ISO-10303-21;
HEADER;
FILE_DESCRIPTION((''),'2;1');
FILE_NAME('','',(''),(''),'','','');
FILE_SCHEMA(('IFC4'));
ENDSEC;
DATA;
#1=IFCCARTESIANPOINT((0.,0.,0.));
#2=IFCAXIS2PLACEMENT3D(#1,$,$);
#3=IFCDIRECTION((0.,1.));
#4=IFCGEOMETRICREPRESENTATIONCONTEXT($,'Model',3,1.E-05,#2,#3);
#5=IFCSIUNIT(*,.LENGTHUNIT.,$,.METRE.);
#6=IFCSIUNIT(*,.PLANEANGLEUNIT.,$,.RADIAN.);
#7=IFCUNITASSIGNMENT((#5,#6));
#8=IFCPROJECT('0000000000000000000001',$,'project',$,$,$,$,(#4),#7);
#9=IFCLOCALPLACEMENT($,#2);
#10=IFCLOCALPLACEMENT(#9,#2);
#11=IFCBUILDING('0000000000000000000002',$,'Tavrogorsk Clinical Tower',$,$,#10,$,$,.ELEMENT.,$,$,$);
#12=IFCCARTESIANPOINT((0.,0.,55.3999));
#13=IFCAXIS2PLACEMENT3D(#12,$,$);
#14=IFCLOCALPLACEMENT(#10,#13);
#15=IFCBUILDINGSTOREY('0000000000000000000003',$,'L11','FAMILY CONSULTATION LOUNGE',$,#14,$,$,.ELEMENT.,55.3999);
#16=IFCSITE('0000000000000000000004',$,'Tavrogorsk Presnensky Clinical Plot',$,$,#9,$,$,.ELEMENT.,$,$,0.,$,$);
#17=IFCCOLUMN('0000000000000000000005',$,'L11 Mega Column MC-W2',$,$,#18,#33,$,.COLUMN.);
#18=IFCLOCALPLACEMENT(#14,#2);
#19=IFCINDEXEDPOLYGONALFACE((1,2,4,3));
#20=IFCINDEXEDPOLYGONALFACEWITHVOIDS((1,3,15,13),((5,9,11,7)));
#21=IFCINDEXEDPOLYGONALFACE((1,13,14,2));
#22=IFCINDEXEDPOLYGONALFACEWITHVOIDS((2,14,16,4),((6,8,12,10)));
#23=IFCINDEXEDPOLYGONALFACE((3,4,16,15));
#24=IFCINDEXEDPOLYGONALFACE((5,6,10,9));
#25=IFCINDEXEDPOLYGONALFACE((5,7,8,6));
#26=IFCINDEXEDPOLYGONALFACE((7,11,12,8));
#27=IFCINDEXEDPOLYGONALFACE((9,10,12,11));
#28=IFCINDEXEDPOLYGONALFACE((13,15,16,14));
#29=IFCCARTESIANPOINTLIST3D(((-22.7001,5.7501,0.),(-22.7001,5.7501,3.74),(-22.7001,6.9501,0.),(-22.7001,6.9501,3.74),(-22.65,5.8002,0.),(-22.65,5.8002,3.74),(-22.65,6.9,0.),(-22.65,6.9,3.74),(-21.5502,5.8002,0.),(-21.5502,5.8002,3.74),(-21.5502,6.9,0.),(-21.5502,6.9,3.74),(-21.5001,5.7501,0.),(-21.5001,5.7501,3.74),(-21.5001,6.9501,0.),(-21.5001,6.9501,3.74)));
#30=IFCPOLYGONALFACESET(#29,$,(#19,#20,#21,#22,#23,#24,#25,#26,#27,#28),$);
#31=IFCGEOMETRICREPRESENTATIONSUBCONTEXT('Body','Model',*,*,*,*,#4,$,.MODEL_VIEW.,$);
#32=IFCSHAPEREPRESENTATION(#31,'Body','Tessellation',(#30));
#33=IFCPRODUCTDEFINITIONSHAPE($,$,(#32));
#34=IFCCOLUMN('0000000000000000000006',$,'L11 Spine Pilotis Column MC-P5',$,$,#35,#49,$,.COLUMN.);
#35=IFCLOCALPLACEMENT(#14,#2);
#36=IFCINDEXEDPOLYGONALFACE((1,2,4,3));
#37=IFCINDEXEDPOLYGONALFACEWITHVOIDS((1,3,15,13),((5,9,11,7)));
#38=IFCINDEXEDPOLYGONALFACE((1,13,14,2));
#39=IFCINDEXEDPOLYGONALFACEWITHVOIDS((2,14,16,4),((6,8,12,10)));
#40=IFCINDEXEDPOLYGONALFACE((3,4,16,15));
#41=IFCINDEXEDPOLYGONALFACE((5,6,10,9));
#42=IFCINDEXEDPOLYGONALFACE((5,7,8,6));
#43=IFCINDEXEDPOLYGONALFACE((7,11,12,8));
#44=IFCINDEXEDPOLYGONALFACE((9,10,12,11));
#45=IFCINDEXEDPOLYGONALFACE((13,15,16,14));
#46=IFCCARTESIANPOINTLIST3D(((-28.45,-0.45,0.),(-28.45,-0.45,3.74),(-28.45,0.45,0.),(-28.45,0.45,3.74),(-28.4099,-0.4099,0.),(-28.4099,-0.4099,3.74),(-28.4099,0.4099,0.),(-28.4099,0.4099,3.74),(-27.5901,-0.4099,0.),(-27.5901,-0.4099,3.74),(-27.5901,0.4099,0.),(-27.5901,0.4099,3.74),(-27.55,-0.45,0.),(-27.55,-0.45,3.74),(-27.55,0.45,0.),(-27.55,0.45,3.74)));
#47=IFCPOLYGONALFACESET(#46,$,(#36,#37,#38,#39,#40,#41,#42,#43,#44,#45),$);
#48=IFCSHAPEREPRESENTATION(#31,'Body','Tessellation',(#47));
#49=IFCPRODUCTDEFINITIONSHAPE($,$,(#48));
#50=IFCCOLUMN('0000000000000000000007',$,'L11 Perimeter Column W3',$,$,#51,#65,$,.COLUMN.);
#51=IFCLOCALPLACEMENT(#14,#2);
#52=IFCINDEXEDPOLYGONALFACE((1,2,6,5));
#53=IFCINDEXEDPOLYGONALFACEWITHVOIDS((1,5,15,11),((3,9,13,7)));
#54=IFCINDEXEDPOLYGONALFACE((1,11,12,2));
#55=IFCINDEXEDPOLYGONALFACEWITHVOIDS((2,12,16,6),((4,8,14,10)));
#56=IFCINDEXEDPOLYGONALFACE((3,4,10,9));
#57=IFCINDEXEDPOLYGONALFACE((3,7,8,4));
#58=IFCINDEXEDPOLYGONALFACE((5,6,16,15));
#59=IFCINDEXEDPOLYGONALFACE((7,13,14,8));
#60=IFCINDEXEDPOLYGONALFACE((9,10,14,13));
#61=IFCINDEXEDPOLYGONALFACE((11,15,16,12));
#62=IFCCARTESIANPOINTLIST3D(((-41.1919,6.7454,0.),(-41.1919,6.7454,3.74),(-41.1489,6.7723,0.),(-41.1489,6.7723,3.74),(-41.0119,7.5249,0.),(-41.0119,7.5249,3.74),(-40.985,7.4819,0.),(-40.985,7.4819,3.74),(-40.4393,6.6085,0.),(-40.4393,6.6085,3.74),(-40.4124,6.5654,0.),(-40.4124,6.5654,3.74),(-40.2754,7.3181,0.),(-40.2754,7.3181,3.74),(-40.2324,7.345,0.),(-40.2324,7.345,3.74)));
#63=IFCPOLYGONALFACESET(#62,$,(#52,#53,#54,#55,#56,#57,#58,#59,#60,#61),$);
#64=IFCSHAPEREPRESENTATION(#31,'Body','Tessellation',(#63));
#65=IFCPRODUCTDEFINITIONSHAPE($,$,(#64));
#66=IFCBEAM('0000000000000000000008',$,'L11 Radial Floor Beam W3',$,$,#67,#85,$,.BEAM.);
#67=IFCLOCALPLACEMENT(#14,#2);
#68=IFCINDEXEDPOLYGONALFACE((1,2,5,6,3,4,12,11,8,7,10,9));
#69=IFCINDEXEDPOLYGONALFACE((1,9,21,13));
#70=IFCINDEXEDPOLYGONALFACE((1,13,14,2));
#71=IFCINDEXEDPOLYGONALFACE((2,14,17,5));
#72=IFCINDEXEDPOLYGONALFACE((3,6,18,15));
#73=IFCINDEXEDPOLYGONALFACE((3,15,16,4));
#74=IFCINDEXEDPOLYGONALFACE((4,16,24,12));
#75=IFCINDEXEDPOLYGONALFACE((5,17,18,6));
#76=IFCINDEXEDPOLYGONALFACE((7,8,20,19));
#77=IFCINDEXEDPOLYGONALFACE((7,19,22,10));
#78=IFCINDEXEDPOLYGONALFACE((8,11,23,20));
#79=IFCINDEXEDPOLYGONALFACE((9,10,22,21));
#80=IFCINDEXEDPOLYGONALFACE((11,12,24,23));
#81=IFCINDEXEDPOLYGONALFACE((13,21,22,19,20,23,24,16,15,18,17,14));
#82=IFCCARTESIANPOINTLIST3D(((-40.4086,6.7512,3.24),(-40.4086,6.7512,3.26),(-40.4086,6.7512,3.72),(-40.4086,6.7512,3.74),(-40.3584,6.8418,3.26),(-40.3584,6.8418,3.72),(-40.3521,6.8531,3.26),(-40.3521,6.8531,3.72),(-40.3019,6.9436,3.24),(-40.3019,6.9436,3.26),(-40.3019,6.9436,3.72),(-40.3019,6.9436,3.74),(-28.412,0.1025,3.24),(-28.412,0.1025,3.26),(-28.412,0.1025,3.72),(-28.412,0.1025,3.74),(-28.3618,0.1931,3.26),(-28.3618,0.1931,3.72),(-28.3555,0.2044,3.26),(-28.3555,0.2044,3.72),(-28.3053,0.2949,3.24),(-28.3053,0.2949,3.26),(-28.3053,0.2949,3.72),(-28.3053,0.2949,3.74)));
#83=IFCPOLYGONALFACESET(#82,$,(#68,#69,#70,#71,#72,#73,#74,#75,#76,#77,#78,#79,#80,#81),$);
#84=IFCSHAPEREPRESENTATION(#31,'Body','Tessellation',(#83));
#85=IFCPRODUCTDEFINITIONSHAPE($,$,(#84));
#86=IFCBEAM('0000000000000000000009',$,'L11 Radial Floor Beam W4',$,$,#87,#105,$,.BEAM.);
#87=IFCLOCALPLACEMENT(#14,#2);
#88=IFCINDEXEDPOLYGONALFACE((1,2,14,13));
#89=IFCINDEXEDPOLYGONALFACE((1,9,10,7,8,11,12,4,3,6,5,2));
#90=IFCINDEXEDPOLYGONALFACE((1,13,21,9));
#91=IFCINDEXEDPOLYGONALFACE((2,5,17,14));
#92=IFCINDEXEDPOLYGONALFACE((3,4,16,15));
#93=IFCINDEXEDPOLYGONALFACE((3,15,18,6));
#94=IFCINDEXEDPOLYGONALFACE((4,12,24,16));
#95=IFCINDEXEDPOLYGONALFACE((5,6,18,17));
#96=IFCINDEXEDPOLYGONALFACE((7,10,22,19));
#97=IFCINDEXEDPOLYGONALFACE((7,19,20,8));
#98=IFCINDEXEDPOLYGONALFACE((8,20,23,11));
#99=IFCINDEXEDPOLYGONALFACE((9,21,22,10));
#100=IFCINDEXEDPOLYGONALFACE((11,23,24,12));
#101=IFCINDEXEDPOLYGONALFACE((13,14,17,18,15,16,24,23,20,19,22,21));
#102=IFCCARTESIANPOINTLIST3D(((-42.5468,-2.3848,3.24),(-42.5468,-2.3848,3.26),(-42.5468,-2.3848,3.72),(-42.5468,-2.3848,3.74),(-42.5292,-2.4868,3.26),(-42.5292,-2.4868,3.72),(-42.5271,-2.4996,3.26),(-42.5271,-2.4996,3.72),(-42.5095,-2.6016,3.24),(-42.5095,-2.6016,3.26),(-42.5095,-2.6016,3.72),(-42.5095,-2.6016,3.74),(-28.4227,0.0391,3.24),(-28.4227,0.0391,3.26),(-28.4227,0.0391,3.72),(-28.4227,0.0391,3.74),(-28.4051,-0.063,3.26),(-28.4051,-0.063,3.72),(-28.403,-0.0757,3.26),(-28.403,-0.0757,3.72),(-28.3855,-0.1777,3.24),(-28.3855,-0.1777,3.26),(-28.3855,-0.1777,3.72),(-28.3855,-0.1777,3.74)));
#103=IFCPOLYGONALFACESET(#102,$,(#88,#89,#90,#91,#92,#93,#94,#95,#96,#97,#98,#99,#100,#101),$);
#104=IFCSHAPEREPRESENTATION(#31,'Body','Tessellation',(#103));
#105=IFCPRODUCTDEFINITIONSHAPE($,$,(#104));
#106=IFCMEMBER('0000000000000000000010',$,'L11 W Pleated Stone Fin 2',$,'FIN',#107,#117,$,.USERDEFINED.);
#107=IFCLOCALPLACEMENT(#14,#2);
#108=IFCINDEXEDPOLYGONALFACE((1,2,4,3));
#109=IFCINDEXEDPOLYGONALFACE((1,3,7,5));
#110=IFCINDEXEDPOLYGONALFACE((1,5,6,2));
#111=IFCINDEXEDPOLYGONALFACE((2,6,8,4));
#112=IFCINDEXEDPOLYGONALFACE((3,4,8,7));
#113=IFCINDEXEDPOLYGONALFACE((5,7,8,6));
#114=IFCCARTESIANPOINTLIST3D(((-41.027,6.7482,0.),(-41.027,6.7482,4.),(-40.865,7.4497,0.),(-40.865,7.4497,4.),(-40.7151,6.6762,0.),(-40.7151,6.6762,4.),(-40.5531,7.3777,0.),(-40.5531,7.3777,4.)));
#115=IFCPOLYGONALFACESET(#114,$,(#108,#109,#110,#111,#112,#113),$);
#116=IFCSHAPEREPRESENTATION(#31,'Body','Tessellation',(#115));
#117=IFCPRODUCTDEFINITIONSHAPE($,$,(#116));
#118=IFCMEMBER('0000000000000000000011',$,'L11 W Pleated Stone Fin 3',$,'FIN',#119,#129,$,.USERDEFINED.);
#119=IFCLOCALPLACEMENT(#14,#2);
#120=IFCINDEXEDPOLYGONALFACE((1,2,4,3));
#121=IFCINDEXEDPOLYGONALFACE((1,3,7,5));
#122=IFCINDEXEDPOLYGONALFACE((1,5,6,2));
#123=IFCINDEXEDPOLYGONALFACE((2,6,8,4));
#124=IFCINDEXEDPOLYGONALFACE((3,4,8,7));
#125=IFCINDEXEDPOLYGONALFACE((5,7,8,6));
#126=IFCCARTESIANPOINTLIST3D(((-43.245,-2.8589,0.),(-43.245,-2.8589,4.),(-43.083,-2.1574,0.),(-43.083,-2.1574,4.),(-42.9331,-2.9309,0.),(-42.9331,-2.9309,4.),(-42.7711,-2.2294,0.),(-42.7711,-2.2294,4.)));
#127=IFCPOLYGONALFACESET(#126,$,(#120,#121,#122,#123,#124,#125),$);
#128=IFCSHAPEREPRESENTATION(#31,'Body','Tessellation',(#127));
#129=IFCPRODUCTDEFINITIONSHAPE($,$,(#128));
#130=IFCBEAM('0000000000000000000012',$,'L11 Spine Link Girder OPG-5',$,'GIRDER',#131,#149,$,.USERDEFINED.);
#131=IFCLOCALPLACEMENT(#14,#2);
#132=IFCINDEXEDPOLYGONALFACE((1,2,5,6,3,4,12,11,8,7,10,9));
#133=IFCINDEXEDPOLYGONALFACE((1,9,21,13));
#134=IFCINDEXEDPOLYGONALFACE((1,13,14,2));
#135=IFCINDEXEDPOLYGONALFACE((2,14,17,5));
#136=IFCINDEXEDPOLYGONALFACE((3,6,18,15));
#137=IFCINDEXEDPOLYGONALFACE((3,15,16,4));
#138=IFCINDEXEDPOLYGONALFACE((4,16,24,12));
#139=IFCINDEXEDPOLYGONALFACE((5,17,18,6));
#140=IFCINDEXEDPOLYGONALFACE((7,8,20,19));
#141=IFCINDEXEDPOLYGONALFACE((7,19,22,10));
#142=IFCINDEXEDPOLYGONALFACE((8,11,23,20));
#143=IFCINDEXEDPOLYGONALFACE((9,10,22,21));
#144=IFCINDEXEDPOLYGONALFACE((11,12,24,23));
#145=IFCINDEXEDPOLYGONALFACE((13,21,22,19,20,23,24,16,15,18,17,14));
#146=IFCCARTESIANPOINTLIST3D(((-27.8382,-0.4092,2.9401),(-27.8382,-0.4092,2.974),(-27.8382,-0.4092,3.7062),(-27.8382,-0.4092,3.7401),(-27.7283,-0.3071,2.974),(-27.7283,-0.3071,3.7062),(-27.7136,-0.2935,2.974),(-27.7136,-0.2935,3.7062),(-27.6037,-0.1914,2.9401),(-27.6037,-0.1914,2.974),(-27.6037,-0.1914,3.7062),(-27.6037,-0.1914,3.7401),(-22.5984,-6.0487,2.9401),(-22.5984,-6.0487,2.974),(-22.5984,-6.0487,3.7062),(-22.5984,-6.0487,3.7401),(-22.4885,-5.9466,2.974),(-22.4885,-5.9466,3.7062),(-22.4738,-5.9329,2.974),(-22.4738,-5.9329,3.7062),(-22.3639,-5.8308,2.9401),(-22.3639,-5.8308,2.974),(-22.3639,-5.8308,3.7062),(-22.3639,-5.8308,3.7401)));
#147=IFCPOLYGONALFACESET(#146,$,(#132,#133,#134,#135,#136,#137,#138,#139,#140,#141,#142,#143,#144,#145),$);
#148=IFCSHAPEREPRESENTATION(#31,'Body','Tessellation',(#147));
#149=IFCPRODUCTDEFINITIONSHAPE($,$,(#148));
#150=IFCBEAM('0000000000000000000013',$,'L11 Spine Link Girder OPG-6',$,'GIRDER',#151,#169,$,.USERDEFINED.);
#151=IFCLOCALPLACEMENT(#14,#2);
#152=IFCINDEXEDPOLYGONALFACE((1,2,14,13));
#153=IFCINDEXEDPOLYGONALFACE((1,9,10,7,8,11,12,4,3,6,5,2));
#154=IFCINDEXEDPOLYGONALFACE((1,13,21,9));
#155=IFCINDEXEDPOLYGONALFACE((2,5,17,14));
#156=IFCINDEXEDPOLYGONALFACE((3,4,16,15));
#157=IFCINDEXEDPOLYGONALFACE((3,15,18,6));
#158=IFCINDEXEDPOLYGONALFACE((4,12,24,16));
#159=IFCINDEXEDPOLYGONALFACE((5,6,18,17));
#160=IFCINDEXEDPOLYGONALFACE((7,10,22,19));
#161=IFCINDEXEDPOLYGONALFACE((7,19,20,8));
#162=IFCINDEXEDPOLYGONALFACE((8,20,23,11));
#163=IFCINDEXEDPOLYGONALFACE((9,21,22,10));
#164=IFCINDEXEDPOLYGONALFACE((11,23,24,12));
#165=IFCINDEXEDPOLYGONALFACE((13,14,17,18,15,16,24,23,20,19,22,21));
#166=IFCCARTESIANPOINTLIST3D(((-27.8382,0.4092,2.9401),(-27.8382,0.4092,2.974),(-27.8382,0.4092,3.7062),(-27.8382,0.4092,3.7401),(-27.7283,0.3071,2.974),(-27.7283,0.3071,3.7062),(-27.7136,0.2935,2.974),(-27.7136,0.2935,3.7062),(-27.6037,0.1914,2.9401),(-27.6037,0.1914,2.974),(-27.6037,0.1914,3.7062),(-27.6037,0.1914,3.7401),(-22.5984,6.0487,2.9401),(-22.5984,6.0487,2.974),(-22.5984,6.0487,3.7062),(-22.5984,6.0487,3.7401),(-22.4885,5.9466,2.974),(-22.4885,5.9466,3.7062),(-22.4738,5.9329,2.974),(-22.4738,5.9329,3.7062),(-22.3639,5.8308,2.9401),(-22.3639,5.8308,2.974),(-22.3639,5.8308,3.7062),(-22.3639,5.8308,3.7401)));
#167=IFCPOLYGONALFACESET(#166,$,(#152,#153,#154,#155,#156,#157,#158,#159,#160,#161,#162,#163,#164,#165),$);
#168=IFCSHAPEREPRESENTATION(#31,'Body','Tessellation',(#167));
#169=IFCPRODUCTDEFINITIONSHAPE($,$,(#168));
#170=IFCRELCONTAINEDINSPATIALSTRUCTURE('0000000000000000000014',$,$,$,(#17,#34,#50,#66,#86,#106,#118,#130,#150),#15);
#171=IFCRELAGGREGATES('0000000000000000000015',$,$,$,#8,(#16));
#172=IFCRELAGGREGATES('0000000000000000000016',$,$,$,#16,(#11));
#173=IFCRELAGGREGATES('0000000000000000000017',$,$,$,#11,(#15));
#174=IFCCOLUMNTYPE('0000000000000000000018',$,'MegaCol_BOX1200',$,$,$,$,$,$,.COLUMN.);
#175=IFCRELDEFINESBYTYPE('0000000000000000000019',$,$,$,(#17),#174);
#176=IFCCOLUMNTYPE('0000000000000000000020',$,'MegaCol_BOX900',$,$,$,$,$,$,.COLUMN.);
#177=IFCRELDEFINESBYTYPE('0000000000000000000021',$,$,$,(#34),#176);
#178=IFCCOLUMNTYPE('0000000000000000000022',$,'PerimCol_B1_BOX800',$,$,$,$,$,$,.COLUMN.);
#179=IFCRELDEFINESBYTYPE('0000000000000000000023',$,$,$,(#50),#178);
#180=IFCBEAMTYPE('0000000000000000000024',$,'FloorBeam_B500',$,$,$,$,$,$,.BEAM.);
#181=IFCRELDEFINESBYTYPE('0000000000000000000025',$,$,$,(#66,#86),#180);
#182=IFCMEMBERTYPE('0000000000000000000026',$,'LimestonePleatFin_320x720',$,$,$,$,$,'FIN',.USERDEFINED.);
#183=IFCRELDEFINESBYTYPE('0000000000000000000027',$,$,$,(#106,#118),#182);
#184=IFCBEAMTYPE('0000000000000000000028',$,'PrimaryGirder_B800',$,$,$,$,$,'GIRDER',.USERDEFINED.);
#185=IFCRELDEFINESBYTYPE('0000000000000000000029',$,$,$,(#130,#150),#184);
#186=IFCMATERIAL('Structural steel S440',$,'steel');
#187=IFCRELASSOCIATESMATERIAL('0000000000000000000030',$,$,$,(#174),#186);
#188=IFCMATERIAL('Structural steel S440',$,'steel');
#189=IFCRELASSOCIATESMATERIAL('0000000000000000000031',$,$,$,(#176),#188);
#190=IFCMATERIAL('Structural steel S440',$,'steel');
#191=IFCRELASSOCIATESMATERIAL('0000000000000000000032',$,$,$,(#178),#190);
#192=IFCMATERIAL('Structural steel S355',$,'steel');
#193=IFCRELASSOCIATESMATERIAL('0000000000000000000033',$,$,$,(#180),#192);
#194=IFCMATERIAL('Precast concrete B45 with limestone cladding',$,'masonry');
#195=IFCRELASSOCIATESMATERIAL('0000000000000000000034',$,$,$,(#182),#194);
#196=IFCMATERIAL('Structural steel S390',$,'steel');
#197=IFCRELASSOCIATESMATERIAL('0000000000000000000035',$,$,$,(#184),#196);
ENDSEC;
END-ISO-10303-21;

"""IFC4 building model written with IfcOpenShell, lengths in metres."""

from ifc_helpers import new_model, si_unit, direction, frame, origin, origin_2d, place, context, subcontext, project, spatial, rectangle, hollow_rectangle, i_section, extrude, material, material_profile, profile_set, type_object, element, save


model = new_model("IFC4")

# Units and contexts
model_context = context("Model", 3, precision=1e-05, world=origin(), true_north=direction((0.0, 1.0)))
body_context = subcontext(model_context, "Body", "Model", "MODEL_VIEW")
ifc_project = project(units=[si_unit("LENGTHUNIT", "METRE"), si_unit("PLANEANGLEUNIT", "RADIAN")], contexts=[model_context])

# Site, building, storey
site_placement = place(None, origin())
site = spatial("IfcSite", under=ifc_project, at=site_placement, Name="Tavrogorsk Presnensky Clinical Plot", CompositionType="ELEMENT", RefElevation=0.0)
building_placement = place(site_placement, origin())
building = spatial("IfcBuilding", under=site, at=building_placement, Name="Tavrogorsk Clinical Tower", CompositionType="ELEMENT")
storey_placement = place(building_placement, frame((0.0, 0.0, 55.3999)))
storey = spatial("IfcBuildingStorey", under=building, at=storey_placement, Name="L11", Description="FAMILY CONSULTATION LOUNGE", CompositionType="ELEMENT", Elevation=55.3999)

# Columns
ifc_material_1 = material(Name="Structural steel S440", Category="steel")
ifc_material_profile_1 = material_profile(ifc_material_1, hollow_rectangle(XDim=1.2, YDim=1.2, WallThickness=0.05, at=origin_2d()), Name="BOX-1200x1200x50")
ifc_profile_set_1 = profile_set([ifc_material_profile_1], Name="Structural steel S440")
column_type_1 = type_object("IfcColumnType", Name="MegaCol_BOX1200", PredefinedType="COLUMN", material=ifc_profile_set_1)
column_1_placement = place(storey_placement, frame((-22.1001, 6.3501, 0.0), z_axis=(0.0, 0.0, 1.0), x_axis=(1.0, 0.0, 0.0)))
element("IfcColumn", 1, at=column_1_placement, inside=storey, type_object=column_type_1, Name="L11 Mega Column MC-W2", PredefinedType="COLUMN", context=body_context, shape_type="SweptSolid", body=[
    extrude(hollow_rectangle(XDim=1.2, YDim=1.2, WallThickness=0.05, at=origin_2d()), origin(), (0.0, 0.0, 1.0), 3.74),
])
ifc_material_2 = material(Name="Structural steel S440", Category="steel")
ifc_material_profile_2 = material_profile(ifc_material_2, hollow_rectangle(XDim=0.8999, YDim=0.8999, WallThickness=0.04, at=origin_2d()), Name="BOX-900x900x40")
ifc_profile_set_2 = profile_set([ifc_material_profile_2], Name="Structural steel S440")
column_type_2 = type_object("IfcColumnType", Name="MegaCol_BOX900", PredefinedType="COLUMN", material=ifc_profile_set_2)
column_2_placement = place(storey_placement, frame((-28.0, 0.0, 0.0), z_axis=(0.0, 0.0, 1.0), x_axis=(1.0, 0.0, 0.0)))
element("IfcColumn", 2, at=column_2_placement, inside=storey, type_object=column_type_2, Name="L11 Spine Pilotis Column MC-P5", PredefinedType="COLUMN", context=body_context, shape_type="SweptSolid", body=[
    extrude(hollow_rectangle(XDim=0.8999, YDim=0.8999, WallThickness=0.04, at=origin_2d()), origin(), (0.0, 0.0, 1.0), 3.74),
])
ifc_material_3 = material(Name="Structural steel S440", Category="steel")
ifc_material_profile_3 = material_profile(ifc_material_3, hollow_rectangle(XDim=0.8, YDim=0.8, WallThickness=0.0359, at=origin_2d()), Name="BOX-800x800x36")
ifc_profile_set_3 = profile_set([ifc_material_profile_3], Name="Structural steel S440")
column_type_3 = type_object("IfcColumnType", Name="PerimCol_B1_BOX800", PredefinedType="COLUMN", material=ifc_profile_set_3)
column_3_placement = place(storey_placement, frame((-40.7122, 7.0452, 0.0), z_axis=(0.0, 0.0, 1.0), x_axis=(0.97437, -0.224951, 0.0)))
element("IfcColumn", 3, at=column_3_placement, inside=storey, type_object=column_type_3, Name="L11 Perimeter Column W3", PredefinedType="COLUMN", context=body_context, shape_type="SweptSolid", body=[
    extrude(hollow_rectangle(XDim=0.8, YDim=0.8, WallThickness=0.0359, at=origin_2d()), origin(), (0.0, 0.0, 1.0), 3.74),
])

# Beams
ifc_material_4 = material(Name="Structural steel S355", Category="steel")
ifc_material_profile_4 = material_profile(ifc_material_4, i_section(OverallWidth=0.22, OverallDepth=0.5, WebThickness=0.0129, FlangeThickness=0.02, at=origin_2d()), Name="B-500x220x13x20")
ifc_profile_set_4 = profile_set([ifc_material_profile_4], Name="Structural steel S355")
beam_type_1 = type_object("IfcBeamType", Name="FloorBeam_B500", PredefinedType="BEAM", material=ifc_profile_set_4)
beam_1_placement = place(storey_placement, frame((-28.3586, 0.1987, 3.49), z_axis=(-0.874655, 0.484746, 0.0), x_axis=(-0.484746, -0.874655, 0.0)))
element("IfcBeam", 4, at=beam_1_placement, inside=storey, type_object=beam_type_1, Name="L11 Radial Floor Beam W3", PredefinedType="BEAM", context=body_context, shape_type="SweptSolid", body=[
    extrude(i_section(OverallWidth=0.22, OverallDepth=0.5, WebThickness=0.0129, FlangeThickness=0.02, at=origin_2d()), origin(), (0.0, 0.0, 1.0), 13.7158),
])
beam_2_placement = place(storey_placement, frame((-28.4041, -0.0693, 3.49), z_axis=(-0.985592, -0.169138, 0.0), x_axis=(0.169138, -0.985592, 0.0)))
element("IfcBeam", 5, at=beam_2_placement, inside=storey, type_object=beam_type_1, Name="L11 Radial Floor Beam W4", PredefinedType="BEAM", context=body_context, shape_type="SweptSolid", body=[
    extrude(i_section(OverallWidth=0.22, OverallDepth=0.5, WebThickness=0.0129, FlangeThickness=0.02, at=origin_2d()), origin(), (0.0, 0.0, 1.0), 14.3306),
])

# Members
ifc_material_5 = material(Name="Precast concrete B45 with limestone cladding", Category="masonry")
ifc_material_profile_5 = material_profile(ifc_material_5, rectangle(XDim=0.3201, YDim=0.72, at=origin_2d()), Name="LIMESTONE-FIN-320x720")
ifc_profile_set_5 = profile_set([ifc_material_profile_5], Name="Precast concrete B45 with limestone cladding")
member_type = type_object("IfcMemberType", Name="LimestonePleatFin_320x720", ElementType="FIN", PredefinedType="USERDEFINED", material=ifc_profile_set_5)
for number, where, z_axis, x_axis, name in (
    (6, (-40.79, 7.063, 0.0), (0.0, 0.0, 1.0), (0.97437, -0.224951, 0.0), "L11 W Pleated Stone Fin 2"),
    (7, (-43.0081, -2.5442, 0.0), (0.0, 0.0, 1.0), (0.97437, -0.224951, 0.0), "L11 W Pleated Stone Fin 3"),
):
    element("IfcMember", number, at=place(storey_placement, frame(where, z_axis=z_axis, x_axis=x_axis)), inside=storey, type_object=member_type, Name=name, ObjectType="FIN", PredefinedType="USERDEFINED", context=body_context, shape_type="SweptSolid", body=[
        extrude(rectangle(XDim=0.3201, YDim=0.72, at=origin_2d()), origin(), (0.0, 0.0, 1.0), 4.0),
    ])

# Beams
ifc_material_6 = material(Name="Structural steel S390", Category="steel")
ifc_material_profile_6 = material_profile(ifc_material_6, i_section(OverallWidth=0.3201, OverallDepth=0.8, WebThickness=0.02, FlangeThickness=0.0339, at=origin_2d()), Name="B-800x320x20x34")
ifc_profile_set_6 = profile_set([ifc_material_profile_6], Name="Structural steel S390")
beam_type_2 = type_object("IfcBeamType", Name="PrimaryGirder_B800", ElementType="GIRDER", PredefinedType="USERDEFINED", material=ifc_profile_set_6)
for number, where, z_axis, x_axis, name in (
    (8, (-27.7209, -0.3003, 3.3401), (0.680671, -0.732589, 0.0), (0.732589, 0.680671, 0.0), "L11 Spine Link Girder OPG-5"),
    (9, (-27.7209, 0.3003, 3.3401), (0.680671, 0.732589, 0.0), (-0.732589, 0.680671, 0.0), "L11 Spine Link Girder OPG-6"),
):
    element("IfcBeam", number, at=place(storey_placement, frame(where, z_axis=z_axis, x_axis=x_axis)), inside=storey, type_object=beam_type_2, Name=name, ObjectType="GIRDER", PredefinedType="USERDEFINED", context=body_context, shape_type="SweptSolid", body=[
        extrude(i_section(OverallWidth=0.3201, OverallDepth=0.8, WebThickness=0.02, FlangeThickness=0.0339, at=origin_2d()), origin(), (0.0, 0.0, 1.0), 7.698),
    ])

save(model, "model.ifc")
